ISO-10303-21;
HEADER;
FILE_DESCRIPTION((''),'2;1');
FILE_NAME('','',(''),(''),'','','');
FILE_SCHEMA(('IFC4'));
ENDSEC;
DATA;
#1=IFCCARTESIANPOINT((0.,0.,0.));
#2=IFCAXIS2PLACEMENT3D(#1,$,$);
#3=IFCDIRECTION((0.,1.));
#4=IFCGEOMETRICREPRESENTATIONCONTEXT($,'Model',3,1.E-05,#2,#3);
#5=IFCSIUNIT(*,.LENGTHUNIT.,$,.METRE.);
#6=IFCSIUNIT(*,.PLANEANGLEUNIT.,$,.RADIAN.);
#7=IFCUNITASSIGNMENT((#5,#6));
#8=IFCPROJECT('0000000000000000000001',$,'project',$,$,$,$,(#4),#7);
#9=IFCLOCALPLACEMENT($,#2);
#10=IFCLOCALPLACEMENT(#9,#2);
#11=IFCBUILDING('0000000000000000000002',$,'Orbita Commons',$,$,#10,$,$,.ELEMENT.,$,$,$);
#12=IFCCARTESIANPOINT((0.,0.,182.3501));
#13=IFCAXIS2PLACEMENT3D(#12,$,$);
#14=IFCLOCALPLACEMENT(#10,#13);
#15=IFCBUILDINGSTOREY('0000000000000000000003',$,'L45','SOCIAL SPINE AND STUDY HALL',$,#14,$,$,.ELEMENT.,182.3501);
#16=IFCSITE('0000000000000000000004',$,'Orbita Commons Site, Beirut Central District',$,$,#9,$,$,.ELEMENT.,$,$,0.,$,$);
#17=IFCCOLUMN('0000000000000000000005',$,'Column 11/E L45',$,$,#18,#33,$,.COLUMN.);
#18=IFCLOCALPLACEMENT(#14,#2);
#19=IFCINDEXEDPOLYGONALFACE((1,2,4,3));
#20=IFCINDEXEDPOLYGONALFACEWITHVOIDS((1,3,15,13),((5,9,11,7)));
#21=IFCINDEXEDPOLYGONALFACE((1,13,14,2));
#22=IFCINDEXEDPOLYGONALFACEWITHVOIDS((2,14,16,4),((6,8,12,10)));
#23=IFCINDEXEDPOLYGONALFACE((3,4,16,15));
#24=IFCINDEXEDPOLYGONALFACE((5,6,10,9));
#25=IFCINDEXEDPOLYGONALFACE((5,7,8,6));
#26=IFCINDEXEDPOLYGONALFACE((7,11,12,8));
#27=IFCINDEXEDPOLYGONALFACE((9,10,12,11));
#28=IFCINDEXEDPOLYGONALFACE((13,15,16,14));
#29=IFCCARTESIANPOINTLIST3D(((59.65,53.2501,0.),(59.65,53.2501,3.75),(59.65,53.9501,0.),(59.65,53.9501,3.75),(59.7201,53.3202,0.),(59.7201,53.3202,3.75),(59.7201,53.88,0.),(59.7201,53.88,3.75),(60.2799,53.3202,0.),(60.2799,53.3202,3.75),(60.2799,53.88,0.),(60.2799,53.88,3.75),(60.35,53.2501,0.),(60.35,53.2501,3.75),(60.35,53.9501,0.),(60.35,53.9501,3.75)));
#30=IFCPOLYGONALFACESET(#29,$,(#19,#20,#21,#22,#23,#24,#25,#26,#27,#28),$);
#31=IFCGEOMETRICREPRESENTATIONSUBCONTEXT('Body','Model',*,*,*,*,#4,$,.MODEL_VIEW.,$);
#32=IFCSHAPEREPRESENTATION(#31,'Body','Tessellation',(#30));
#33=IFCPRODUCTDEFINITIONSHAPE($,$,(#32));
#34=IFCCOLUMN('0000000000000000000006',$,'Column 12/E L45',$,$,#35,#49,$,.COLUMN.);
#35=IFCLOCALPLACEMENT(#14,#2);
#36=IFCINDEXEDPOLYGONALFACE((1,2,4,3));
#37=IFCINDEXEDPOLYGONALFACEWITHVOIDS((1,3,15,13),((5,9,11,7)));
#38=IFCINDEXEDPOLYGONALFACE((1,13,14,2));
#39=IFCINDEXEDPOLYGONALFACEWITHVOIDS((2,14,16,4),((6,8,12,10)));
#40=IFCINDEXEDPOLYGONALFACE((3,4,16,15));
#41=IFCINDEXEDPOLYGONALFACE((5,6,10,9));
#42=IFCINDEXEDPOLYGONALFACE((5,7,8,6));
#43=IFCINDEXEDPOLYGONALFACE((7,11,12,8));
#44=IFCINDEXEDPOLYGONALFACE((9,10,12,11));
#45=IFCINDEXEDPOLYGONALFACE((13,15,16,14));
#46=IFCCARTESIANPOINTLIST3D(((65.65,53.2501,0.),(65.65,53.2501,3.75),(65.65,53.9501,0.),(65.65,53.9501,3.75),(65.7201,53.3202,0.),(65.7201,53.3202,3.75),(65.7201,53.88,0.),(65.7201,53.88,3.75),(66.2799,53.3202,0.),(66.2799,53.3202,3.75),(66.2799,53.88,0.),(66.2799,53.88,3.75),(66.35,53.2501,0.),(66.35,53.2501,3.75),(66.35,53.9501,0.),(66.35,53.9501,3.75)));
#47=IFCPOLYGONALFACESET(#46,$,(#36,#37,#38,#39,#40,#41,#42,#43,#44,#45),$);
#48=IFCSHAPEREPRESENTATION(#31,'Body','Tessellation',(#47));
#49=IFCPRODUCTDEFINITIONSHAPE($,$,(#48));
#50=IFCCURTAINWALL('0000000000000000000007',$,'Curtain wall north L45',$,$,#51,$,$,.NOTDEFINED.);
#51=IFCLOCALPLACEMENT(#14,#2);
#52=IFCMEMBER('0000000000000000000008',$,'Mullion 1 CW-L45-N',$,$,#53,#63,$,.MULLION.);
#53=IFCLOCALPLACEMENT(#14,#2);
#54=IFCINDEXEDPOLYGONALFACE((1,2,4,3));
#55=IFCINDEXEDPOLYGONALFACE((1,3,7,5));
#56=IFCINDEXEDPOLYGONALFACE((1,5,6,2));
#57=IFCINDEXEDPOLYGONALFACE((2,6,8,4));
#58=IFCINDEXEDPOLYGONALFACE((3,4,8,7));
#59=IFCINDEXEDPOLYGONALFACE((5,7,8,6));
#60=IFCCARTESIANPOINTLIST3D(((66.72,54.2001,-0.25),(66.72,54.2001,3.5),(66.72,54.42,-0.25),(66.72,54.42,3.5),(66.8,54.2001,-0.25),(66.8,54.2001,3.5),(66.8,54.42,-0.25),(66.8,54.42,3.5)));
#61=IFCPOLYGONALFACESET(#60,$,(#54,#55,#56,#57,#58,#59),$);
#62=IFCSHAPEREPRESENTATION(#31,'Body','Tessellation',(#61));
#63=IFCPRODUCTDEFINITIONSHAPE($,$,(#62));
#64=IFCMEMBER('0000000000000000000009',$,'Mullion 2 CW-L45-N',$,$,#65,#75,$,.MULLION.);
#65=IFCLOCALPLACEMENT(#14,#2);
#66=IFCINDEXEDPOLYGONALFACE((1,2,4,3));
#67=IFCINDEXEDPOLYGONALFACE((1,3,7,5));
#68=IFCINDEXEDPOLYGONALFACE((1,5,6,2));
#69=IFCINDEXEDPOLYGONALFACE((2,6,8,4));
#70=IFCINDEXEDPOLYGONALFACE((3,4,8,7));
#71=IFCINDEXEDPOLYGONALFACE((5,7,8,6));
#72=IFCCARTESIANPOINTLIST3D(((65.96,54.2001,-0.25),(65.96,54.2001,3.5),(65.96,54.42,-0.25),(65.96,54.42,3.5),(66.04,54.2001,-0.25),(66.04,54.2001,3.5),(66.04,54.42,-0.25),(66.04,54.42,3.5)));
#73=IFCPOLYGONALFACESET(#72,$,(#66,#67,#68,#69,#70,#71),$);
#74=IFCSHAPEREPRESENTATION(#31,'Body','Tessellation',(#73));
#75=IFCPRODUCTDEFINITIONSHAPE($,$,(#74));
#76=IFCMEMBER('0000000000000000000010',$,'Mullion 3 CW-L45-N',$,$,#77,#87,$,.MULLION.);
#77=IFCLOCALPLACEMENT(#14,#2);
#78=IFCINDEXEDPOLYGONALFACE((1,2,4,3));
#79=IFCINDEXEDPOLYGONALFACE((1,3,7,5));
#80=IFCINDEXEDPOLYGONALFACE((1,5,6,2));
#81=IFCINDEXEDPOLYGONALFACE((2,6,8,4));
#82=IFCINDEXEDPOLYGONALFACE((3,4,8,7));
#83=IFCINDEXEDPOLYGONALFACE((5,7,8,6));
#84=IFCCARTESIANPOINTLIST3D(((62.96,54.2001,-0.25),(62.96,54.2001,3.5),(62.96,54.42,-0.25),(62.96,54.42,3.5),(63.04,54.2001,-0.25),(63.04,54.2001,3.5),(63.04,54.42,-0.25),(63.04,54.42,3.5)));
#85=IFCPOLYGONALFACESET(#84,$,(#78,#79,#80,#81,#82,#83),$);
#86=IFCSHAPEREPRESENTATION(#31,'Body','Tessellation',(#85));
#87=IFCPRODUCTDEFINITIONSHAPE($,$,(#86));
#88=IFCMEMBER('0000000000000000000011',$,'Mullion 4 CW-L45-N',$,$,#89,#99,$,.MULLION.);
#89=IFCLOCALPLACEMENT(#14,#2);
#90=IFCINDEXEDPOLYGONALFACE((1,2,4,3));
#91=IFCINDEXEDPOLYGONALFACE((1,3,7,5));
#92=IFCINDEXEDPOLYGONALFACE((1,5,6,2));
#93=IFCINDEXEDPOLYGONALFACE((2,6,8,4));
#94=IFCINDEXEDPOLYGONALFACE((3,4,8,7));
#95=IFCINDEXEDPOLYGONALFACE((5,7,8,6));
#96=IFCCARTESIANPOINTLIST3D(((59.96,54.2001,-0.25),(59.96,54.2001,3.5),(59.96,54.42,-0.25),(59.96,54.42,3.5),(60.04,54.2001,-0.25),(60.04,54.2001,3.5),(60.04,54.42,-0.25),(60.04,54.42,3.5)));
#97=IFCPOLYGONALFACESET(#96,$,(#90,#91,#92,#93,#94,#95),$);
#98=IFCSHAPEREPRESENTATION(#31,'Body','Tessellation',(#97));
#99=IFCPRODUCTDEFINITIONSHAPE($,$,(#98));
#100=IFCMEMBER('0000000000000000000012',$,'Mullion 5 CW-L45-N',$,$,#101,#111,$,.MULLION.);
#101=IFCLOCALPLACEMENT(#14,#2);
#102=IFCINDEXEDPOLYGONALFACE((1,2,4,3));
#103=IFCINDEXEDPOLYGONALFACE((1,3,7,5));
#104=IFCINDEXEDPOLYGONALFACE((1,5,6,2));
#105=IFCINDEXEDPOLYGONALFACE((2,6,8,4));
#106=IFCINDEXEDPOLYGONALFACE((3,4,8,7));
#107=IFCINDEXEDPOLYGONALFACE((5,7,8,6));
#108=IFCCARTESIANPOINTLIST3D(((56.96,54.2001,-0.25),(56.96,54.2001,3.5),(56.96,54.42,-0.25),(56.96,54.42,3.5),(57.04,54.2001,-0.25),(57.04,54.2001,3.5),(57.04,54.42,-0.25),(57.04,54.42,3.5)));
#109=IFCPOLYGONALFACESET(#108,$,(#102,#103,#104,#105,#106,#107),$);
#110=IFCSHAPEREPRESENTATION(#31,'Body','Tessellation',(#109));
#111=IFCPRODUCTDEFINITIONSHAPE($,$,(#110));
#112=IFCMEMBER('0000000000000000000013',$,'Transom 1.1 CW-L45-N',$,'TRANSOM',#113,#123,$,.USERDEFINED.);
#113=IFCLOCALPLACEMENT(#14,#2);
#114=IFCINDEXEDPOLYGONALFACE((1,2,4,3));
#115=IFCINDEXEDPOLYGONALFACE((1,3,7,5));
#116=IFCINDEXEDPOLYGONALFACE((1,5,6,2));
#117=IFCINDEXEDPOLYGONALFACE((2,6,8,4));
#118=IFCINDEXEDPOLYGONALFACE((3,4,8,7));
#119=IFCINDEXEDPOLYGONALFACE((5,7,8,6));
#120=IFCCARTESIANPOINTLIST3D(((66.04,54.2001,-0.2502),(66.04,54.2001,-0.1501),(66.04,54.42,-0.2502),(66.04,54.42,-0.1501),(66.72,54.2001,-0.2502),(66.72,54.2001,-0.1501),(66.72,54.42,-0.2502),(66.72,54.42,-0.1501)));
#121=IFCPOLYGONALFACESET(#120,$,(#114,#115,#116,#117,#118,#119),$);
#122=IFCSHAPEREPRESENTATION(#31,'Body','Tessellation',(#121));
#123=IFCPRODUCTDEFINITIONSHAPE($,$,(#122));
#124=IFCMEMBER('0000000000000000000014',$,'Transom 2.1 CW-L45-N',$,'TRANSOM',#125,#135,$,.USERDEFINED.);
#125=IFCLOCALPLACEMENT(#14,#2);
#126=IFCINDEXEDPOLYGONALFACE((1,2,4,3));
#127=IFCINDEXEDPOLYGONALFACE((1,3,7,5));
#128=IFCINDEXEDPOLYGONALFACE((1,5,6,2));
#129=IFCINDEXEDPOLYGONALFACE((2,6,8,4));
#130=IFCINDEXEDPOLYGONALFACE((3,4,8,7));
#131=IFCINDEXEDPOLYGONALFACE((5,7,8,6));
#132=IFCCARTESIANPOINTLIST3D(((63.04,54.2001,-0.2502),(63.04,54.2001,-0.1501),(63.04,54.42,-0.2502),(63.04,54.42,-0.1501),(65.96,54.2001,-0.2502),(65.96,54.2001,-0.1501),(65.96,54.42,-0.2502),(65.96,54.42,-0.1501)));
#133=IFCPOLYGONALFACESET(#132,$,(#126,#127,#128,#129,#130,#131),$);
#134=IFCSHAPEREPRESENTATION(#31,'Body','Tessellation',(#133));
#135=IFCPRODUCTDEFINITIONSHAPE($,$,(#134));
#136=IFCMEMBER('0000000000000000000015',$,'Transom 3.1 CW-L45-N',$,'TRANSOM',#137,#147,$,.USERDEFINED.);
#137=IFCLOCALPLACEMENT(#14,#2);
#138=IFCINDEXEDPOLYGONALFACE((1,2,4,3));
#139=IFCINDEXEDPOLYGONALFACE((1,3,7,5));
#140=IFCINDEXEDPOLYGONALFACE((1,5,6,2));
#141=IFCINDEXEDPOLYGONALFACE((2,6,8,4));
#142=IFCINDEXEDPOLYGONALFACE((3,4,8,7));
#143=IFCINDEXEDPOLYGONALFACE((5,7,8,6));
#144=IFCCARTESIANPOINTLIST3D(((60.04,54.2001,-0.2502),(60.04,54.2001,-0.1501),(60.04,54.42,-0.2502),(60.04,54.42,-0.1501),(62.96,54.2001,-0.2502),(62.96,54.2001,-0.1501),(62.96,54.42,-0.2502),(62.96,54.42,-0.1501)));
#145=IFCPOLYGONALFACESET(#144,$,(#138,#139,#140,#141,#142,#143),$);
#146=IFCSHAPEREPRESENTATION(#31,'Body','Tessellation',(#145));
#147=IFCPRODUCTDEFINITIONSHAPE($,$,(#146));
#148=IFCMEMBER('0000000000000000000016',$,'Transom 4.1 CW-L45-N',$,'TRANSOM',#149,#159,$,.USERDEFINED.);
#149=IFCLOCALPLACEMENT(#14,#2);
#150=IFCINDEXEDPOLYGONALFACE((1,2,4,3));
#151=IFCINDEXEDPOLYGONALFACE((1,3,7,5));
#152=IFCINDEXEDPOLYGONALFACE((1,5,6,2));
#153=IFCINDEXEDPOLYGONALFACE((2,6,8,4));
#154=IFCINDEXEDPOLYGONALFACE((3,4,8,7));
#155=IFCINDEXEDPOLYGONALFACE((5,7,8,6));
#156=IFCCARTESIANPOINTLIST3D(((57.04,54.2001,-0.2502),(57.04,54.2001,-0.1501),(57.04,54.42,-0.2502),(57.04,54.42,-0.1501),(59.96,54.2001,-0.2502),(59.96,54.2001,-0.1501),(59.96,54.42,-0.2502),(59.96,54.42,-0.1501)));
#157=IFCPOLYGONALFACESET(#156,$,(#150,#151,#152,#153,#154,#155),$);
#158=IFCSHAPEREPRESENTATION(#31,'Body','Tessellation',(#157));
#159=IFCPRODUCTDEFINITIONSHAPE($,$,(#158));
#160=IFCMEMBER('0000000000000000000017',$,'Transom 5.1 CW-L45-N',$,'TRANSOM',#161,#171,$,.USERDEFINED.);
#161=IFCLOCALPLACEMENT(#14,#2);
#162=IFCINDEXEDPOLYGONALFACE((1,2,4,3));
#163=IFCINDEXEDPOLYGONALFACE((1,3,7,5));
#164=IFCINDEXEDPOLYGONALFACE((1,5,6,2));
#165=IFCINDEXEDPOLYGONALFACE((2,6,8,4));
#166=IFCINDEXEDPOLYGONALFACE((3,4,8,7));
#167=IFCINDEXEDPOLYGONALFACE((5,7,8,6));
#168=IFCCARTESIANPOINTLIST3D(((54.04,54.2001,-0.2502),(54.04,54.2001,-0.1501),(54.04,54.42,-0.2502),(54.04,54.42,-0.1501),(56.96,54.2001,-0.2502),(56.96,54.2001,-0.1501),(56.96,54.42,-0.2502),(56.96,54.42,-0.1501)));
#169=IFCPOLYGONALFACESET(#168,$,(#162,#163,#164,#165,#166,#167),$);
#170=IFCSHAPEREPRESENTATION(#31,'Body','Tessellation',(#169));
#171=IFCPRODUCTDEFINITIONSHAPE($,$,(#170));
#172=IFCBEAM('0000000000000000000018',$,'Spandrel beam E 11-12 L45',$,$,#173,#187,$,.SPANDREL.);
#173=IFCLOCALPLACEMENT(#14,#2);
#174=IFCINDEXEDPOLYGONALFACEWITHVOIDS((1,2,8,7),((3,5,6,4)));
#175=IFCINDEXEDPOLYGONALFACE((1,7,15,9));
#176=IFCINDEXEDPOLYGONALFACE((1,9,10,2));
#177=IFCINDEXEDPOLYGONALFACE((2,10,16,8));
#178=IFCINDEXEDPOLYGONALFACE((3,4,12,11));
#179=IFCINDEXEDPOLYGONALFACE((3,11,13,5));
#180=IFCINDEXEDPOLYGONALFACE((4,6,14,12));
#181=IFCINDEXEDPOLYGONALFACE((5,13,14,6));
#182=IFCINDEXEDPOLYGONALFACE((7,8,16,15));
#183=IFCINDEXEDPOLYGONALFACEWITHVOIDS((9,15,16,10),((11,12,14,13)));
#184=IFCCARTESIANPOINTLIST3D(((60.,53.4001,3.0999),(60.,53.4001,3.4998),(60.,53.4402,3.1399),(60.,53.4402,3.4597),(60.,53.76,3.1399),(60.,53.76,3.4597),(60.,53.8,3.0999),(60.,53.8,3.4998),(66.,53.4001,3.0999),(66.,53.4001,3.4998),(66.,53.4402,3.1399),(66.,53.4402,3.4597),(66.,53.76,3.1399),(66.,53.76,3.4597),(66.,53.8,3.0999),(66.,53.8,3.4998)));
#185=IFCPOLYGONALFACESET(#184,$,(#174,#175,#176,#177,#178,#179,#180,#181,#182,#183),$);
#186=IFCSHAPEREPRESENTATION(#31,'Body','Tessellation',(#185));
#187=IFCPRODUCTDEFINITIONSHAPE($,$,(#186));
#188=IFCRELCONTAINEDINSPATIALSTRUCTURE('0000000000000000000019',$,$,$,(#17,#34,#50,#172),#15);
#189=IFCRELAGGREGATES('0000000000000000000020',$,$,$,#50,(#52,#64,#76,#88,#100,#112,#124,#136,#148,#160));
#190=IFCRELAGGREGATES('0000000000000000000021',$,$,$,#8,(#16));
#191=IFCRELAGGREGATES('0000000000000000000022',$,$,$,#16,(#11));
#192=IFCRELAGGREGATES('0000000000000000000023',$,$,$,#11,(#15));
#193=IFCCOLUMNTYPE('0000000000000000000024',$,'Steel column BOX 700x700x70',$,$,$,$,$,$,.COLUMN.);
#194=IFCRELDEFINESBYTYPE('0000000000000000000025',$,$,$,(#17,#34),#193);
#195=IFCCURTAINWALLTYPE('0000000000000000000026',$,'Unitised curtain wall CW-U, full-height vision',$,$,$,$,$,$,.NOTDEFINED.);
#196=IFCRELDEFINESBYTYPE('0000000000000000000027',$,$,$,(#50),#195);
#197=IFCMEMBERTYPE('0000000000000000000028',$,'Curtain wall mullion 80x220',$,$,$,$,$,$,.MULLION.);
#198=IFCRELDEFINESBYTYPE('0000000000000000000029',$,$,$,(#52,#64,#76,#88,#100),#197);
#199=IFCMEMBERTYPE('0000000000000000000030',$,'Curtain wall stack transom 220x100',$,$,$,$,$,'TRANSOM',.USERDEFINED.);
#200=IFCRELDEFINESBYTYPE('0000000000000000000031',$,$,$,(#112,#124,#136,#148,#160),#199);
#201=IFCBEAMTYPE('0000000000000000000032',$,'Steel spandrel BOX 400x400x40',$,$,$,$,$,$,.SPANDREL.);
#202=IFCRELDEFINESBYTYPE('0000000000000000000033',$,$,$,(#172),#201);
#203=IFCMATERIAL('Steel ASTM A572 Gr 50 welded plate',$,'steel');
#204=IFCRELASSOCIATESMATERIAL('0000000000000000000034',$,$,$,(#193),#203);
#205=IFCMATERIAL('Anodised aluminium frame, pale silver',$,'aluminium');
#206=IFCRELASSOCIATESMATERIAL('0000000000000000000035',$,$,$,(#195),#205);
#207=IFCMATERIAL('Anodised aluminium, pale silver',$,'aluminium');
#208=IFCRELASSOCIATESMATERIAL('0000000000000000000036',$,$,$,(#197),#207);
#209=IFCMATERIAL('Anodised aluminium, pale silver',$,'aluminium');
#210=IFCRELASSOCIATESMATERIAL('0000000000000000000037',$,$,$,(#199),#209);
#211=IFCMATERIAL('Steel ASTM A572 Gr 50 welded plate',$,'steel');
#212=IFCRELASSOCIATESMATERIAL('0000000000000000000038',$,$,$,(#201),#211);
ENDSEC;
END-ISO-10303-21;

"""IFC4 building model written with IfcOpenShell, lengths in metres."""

from ifc_helpers import new_model, si_unit, direction, frame, origin, origin_2d, place, context, subcontext, project, spatial, rectangle, hollow_rectangle, extrude, material, material_profile, profile_set, type_object, element, aggregate, save


model = new_model("IFC4")

# Units and contexts
model_context = context("Model", 3, precision=1e-05, world=origin(), true_north=direction((0.0, 1.0)))
body_context = subcontext(model_context, "Body", "Model", "MODEL_VIEW")
ifc_project = project(units=[si_unit("LENGTHUNIT", "METRE"), si_unit("PLANEANGLEUNIT", "RADIAN")], contexts=[model_context])

# Site, building, storey
site_placement = place(None, origin())
site = spatial("IfcSite", under=ifc_project, at=site_placement, Name="Orbita Commons Site, Beirut Central District", CompositionType="ELEMENT", RefElevation=0.0)
building_placement = place(site_placement, origin())
building = spatial("IfcBuilding", under=site, at=building_placement, Name="Orbita Commons", CompositionType="ELEMENT")
storey_placement = place(building_placement, frame((0.0, 0.0, 182.3501)))
storey = spatial("IfcBuildingStorey", under=building, at=storey_placement, Name="L45", Description="SOCIAL SPINE AND STUDY HALL", CompositionType="ELEMENT", Elevation=182.3501)

# Columns
ifc_material_1 = material(Name="Steel ASTM A572 Gr 50 welded plate", Category="steel")
ifc_material_profile_1 = material_profile(ifc_material_1, hollow_rectangle(XDim=0.7, YDim=0.7, WallThickness=0.0701, at=origin_2d()), Name="BOX 700x700x70")
ifc_profile_set_1 = profile_set([ifc_material_profile_1], Name="Steel ASTM A572 Gr 50 welded plate")
column_type = type_object("IfcColumnType", Name="Steel column BOX 700x700x70", PredefinedType="COLUMN", material=ifc_profile_set_1)
for number, where, z_axis, x_axis, name in (
    (1, (60.0, 53.6001, 0.0), (0.0, 0.0, 1.0), (1.0, 0.0, 0.0), "Column 11/E L45"),
    (2, (66.0, 53.6001, 0.0), (0.0, 0.0, 1.0), (1.0, 0.0, 0.0), "Column 12/E L45"),
):
    element("IfcColumn", number, at=place(storey_placement, frame(where, z_axis=z_axis, x_axis=x_axis)), inside=storey, type_object=column_type, Name=name, PredefinedType="COLUMN", context=body_context, shape_type="SweptSolid", body=[
        extrude(hollow_rectangle(XDim=0.7, YDim=0.7, WallThickness=0.0701, at=origin_2d()), origin(), (0.0, 0.0, 1.0), 3.75),
    ])

# Curtain wall, members
ifc_material_2 = material(Name="Anodised aluminium frame, pale silver", Category="aluminium")
curtain_wall_type = type_object("IfcCurtainWallType", Name="Unitised curtain wall CW-U, full-height vision", PredefinedType="NOTDEFINED", material=ifc_material_2)
curtain_wall_placement = place(storey_placement, origin())
curtain_wall = element("IfcCurtainWall", 3, at=curtain_wall_placement, inside=storey, type_object=curtain_wall_type, Name="Curtain wall north L45", PredefinedType="NOTDEFINED")
ifc_material_3 = material(Name="Anodised aluminium, pale silver", Category="aluminium")
ifc_material_profile_2 = material_profile(ifc_material_3, rectangle(XDim=0.0801, YDim=0.22, at=origin_2d()), Name="AL 80x220")
ifc_profile_set_2 = profile_set([ifc_material_profile_2], Name="Anodised aluminium, pale silver")
member_type_1 = type_object("IfcMemberType", Name="Curtain wall mullion 80x220", PredefinedType="MULLION", material=ifc_profile_set_2)
member_1_placement = place(storey_placement, frame((66.76, 54.3101, -0.25), z_axis=(0.0, 0.0, 1.0), x_axis=(-1.0, 0.0, 0.0)))
member_1 = element("IfcMember", 4, at=member_1_placement, type_object=member_type_1, Name="Mullion 1 CW-L45-N", PredefinedType="MULLION", context=body_context, shape_type="SweptSolid", body=[
    extrude(rectangle(XDim=0.0801, YDim=0.22, at=origin_2d()), origin(), (0.0, 0.0, 1.0), 3.75),
])
member_2_placement = place(storey_placement, frame((66.0, 54.3101, -0.25), z_axis=(0.0, 0.0, 1.0), x_axis=(-1.0, 0.0, 0.0)))
member_2 = element("IfcMember", 5, at=member_2_placement, type_object=member_type_1, Name="Mullion 2 CW-L45-N", PredefinedType="MULLION", context=body_context, shape_type="SweptSolid", body=[
    extrude(rectangle(XDim=0.0801, YDim=0.22, at=origin_2d()), origin(), (0.0, 0.0, 1.0), 3.75),
])
member_3_placement = place(storey_placement, frame((63.0, 54.3101, -0.25), z_axis=(0.0, 0.0, 1.0), x_axis=(-1.0, 0.0, 0.0)))
member_3 = element("IfcMember", 6, at=member_3_placement, type_object=member_type_1, Name="Mullion 3 CW-L45-N", PredefinedType="MULLION", context=body_context, shape_type="SweptSolid", body=[
    extrude(rectangle(XDim=0.0801, YDim=0.22, at=origin_2d()), origin(), (0.0, 0.0, 1.0), 3.75),
])
member_4_placement = place(storey_placement, frame((60.0, 54.3101, -0.25), z_axis=(0.0, 0.0, 1.0), x_axis=(-1.0, 0.0, 0.0)))
member_4 = element("IfcMember", 7, at=member_4_placement, type_object=member_type_1, Name="Mullion 4 CW-L45-N", PredefinedType="MULLION", context=body_context, shape_type="SweptSolid", body=[
    extrude(rectangle(XDim=0.0801, YDim=0.22, at=origin_2d()), origin(), (0.0, 0.0, 1.0), 3.75),
])
member_5_placement = place(storey_placement, frame((57.0, 54.3101, -0.25), z_axis=(0.0, 0.0, 1.0), x_axis=(-1.0, 0.0, 0.0)))
member_5 = element("IfcMember", 8, at=member_5_placement, type_object=member_type_1, Name="Mullion 5 CW-L45-N", PredefinedType="MULLION", context=body_context, shape_type="SweptSolid", body=[
    extrude(rectangle(XDim=0.0801, YDim=0.22, at=origin_2d()), origin(), (0.0, 0.0, 1.0), 3.75),
])
ifc_material_4 = material(Name="Anodised aluminium, pale silver", Category="aluminium")
ifc_material_profile_3 = material_profile(ifc_material_4, rectangle(XDim=0.22, YDim=0.1001, at=origin_2d()), Name="AL 220x100")
ifc_profile_set_3 = profile_set([ifc_material_profile_3], Name="Anodised aluminium, pale silver")
member_type_2 = type_object("IfcMemberType", Name="Curtain wall stack transom 220x100", ElementType="TRANSOM", PredefinedType="USERDEFINED", material=ifc_profile_set_3)
member_6_placement = place(storey_placement, frame((66.72, 54.3101, -0.2002), z_axis=(-1.0, 0.0, 0.0), x_axis=(0.0, -1.0, 0.0)))
member_6 = element("IfcMember", 9, at=member_6_placement, type_object=member_type_2, Name="Transom 1.1 CW-L45-N", ObjectType="TRANSOM", PredefinedType="USERDEFINED", context=body_context, shape_type="SweptSolid", body=[
    extrude(rectangle(XDim=0.22, YDim=0.1001, at=origin_2d()), origin(), (0.0, 0.0, 1.0), 0.6799),
])
member_7_placement = place(storey_placement, frame((65.96, 54.3101, -0.2002), z_axis=(-1.0, 0.0, 0.0), x_axis=(0.0, -1.0, 0.0)))
member_7 = element("IfcMember", 10, at=member_7_placement, type_object=member_type_2, Name="Transom 2.1 CW-L45-N", ObjectType="TRANSOM", PredefinedType="USERDEFINED", context=body_context, shape_type="SweptSolid", body=[
    extrude(rectangle(XDim=0.22, YDim=0.1001, at=origin_2d()), origin(), (0.0, 0.0, 1.0), 2.9199),
])
member_8_placement = place(storey_placement, frame((62.96, 54.3101, -0.2002), z_axis=(-1.0, 0.0, 0.0), x_axis=(0.0, -1.0, 0.0)))
member_8 = element("IfcMember", 11, at=member_8_placement, type_object=member_type_2, Name="Transom 3.1 CW-L45-N", ObjectType="TRANSOM", PredefinedType="USERDEFINED", context=body_context, shape_type="SweptSolid", body=[
    extrude(rectangle(XDim=0.22, YDim=0.1001, at=origin_2d()), origin(), (0.0, 0.0, 1.0), 2.9199),
])
member_9_placement = place(storey_placement, frame((59.96, 54.3101, -0.2002), z_axis=(-1.0, 0.0, 0.0), x_axis=(0.0, -1.0, 0.0)))
member_9 = element("IfcMember", 12, at=member_9_placement, type_object=member_type_2, Name="Transom 4.1 CW-L45-N", ObjectType="TRANSOM", PredefinedType="USERDEFINED", context=body_context, shape_type="SweptSolid", body=[
    extrude(rectangle(XDim=0.22, YDim=0.1001, at=origin_2d()), origin(), (0.0, 0.0, 1.0), 2.9199),
])
member_10_placement = place(storey_placement, frame((56.96, 54.3101, -0.2002), z_axis=(-1.0, 0.0, 0.0), x_axis=(0.0, -1.0, 0.0)))
member_10 = element("IfcMember", 13, at=member_10_placement, type_object=member_type_2, Name="Transom 5.1 CW-L45-N", ObjectType="TRANSOM", PredefinedType="USERDEFINED", context=body_context, shape_type="SweptSolid", body=[
    extrude(rectangle(XDim=0.22, YDim=0.1001, at=origin_2d()), origin(), (0.0, 0.0, 1.0), 2.9199),
])

# Beam
ifc_material_5 = material(Name="Steel ASTM A572 Gr 50 welded plate", Category="steel")
ifc_material_profile_4 = material_profile(ifc_material_5, hollow_rectangle(XDim=0.3999, YDim=0.3999, WallThickness=0.04, at=origin_2d()), Name="BOX 400x400x40")
ifc_profile_set_4 = profile_set([ifc_material_profile_4], Name="Steel ASTM A572 Gr 50 welded plate")
beam_type = type_object("IfcBeamType", Name="Steel spandrel BOX 400x400x40", PredefinedType="SPANDREL", material=ifc_profile_set_4)
beam_placement = place(storey_placement, frame((60.0, 53.6001, 3.2998), z_axis=(1.0, 0.0, 0.0), x_axis=(0.0, 1.0, 0.0)))
element("IfcBeam", 14, at=beam_placement, inside=storey, type_object=beam_type, Name="Spandrel beam E 11-12 L45", PredefinedType="SPANDREL", context=body_context, shape_type="SweptSolid", body=[
    extrude(hollow_rectangle(XDim=0.3999, YDim=0.3999, WallThickness=0.04, at=origin_2d()), origin(), (0.0, 0.0, 1.0), 6.0),
])

aggregate(curtain_wall, [member_1, member_2, member_3, member_4, member_5, member_6, member_7, member_8, member_9, member_10])

save(model, "model.ifc")
